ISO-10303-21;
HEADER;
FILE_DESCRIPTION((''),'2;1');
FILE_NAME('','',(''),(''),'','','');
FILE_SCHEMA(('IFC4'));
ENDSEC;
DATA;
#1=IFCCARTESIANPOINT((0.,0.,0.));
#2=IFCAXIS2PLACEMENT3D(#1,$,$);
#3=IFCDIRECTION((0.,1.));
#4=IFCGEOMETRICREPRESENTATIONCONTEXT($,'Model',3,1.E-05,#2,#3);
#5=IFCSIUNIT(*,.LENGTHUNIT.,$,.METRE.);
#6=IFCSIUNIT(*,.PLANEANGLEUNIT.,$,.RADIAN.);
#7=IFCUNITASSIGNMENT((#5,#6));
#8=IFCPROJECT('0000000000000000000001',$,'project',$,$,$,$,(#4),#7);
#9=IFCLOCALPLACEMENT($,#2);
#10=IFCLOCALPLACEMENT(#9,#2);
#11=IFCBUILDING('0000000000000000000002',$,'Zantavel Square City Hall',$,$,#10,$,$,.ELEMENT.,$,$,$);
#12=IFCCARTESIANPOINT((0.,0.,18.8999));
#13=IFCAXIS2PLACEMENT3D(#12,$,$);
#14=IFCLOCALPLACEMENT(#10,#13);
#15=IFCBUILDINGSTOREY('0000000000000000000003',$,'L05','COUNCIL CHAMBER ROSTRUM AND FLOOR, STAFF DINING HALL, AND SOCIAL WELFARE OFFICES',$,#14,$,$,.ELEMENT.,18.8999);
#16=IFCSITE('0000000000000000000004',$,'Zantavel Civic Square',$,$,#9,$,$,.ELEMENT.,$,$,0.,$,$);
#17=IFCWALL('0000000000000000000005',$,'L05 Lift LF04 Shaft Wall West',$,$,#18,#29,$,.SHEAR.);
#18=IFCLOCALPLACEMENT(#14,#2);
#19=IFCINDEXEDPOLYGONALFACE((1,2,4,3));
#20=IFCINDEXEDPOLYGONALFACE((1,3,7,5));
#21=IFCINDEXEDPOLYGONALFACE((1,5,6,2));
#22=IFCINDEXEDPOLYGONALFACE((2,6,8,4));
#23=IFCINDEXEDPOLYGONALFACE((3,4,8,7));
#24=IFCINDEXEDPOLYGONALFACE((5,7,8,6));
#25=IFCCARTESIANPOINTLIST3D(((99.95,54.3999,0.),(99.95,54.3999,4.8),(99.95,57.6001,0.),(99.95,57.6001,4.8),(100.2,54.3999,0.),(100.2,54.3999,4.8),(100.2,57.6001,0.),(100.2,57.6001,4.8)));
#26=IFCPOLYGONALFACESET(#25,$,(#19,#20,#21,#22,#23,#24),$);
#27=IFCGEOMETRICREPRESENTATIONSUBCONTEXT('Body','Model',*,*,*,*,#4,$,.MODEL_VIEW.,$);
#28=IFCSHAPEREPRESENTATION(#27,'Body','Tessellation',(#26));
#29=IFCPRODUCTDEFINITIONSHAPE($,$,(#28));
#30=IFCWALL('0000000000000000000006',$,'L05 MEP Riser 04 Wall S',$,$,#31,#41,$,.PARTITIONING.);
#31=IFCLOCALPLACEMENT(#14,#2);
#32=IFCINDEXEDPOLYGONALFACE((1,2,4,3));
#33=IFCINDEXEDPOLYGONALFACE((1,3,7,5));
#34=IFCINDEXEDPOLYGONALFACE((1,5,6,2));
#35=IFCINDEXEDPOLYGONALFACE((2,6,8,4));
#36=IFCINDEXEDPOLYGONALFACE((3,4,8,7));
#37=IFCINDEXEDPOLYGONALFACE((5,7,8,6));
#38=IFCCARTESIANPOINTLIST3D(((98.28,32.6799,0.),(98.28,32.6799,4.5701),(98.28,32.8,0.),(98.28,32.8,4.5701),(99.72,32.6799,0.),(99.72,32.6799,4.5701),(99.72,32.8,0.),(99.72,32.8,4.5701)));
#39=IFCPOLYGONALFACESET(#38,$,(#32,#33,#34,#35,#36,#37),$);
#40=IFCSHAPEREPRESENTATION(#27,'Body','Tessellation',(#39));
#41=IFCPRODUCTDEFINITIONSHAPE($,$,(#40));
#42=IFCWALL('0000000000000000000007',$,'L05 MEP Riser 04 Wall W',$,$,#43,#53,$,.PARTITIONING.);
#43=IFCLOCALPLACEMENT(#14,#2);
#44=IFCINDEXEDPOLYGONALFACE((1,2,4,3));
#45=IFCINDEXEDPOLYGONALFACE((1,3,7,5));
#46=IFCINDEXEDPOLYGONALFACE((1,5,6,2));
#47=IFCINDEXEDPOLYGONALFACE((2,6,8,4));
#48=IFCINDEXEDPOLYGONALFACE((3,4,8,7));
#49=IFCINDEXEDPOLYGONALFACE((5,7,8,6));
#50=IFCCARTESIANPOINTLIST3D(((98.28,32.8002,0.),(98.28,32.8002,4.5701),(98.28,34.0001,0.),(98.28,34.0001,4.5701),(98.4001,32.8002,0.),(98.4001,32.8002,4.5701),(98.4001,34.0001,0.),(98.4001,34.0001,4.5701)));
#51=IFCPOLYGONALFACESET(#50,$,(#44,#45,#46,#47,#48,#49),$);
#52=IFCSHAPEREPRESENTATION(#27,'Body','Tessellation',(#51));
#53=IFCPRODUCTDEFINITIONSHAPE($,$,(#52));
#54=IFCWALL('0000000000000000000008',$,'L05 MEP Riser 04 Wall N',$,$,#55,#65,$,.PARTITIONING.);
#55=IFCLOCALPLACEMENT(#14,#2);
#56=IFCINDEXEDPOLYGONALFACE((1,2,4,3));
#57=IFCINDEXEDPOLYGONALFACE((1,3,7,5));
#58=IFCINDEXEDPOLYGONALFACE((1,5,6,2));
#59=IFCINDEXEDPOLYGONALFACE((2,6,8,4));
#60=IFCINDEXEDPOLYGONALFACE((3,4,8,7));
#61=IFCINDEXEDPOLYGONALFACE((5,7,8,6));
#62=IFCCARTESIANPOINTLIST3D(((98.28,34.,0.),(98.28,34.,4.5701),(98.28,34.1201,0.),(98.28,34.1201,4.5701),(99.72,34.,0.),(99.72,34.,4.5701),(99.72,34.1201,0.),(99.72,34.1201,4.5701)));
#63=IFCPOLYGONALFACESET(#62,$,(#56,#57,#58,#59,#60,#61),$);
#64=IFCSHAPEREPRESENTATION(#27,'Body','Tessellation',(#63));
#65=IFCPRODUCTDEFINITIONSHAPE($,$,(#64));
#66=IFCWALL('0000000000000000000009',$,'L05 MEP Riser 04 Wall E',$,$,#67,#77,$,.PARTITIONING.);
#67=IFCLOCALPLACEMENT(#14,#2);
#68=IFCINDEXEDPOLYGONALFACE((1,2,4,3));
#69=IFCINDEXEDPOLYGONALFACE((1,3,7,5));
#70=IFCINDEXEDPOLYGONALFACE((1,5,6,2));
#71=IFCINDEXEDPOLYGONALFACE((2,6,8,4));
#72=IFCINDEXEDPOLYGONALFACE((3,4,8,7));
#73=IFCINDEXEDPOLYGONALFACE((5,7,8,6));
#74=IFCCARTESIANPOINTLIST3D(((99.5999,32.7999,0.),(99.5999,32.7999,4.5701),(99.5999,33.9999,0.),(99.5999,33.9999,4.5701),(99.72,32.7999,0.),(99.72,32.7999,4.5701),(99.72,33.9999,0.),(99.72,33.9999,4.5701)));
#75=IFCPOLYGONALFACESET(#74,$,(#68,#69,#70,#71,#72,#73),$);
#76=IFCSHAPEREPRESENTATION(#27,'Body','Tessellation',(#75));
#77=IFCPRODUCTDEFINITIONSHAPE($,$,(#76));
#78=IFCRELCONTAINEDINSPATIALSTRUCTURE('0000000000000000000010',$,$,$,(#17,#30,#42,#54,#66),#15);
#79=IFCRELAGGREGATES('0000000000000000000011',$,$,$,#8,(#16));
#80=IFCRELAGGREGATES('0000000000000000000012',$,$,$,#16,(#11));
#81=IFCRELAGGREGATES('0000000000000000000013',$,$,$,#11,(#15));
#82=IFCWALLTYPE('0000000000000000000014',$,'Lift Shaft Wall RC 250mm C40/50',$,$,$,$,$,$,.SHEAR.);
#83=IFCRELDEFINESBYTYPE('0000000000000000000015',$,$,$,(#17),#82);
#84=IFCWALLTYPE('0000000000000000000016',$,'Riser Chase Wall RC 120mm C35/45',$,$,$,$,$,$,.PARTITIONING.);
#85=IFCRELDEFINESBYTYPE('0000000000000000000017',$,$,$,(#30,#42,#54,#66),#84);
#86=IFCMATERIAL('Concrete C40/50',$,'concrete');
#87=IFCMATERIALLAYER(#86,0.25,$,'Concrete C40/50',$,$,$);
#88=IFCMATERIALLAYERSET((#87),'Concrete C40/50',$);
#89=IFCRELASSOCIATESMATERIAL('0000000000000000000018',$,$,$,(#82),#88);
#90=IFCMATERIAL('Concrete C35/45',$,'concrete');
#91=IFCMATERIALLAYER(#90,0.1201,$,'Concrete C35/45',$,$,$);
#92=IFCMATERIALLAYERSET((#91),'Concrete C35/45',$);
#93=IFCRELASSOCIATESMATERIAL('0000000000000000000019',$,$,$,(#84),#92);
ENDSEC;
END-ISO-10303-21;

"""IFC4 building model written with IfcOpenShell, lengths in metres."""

from ifc_helpers import new_model, si_unit, direction, frame, frame_2d, origin, place, context, subcontext, project, spatial, rectangle, extrude, material, layer, layer_set, type_object, element, save


model = new_model("IFC4")

# Units and contexts
model_context = context("Model", 3, precision=1e-05, world=origin(), true_north=direction((0.0, 1.0)))
body_context = subcontext(model_context, "Body", "Model", "MODEL_VIEW")
ifc_project = project(units=[si_unit("LENGTHUNIT", "METRE"), si_unit("PLANEANGLEUNIT", "RADIAN")], contexts=[model_context])

# Site, building, storey
site_placement = place(None, origin())
site = spatial("IfcSite", under=ifc_project, at=site_placement, Name="Zantavel Civic Square", CompositionType="ELEMENT", RefElevation=0.0)
building_placement = place(site_placement, origin())
building = spatial("IfcBuilding", under=site, at=building_placement, Name="Zantavel Square City Hall", CompositionType="ELEMENT")
storey_placement = place(building_placement, frame((0.0, 0.0, 18.8999)))
storey = spatial("IfcBuildingStorey", under=building, at=storey_placement, Name="L05", Description="COUNCIL CHAMBER ROSTRUM AND FLOOR, STAFF DINING HALL, AND SOCIAL WELFARE OFFICES", CompositionType="ELEMENT", Elevation=18.8999)

# Shared definitions
ifc_material_1 = material(Name="Concrete C40/50", Category="concrete")

# Shared definitions
ifc_layer_1 = layer(ifc_material_1, 0.25, Name="Concrete C40/50")
ifc_layer_set_1 = layer_set([ifc_layer_1], Name="Concrete C40/50")
wall_type_1 = type_object("IfcWallType", Name="Lift Shaft Wall RC 250mm C40/50", PredefinedType="SHEAR", material=ifc_layer_set_1)

# Walls
wall_1_placement = place(storey_placement, frame((100.075, 54.3999, 0.0), z_axis=(0.0, 0.0, 1.0), x_axis=(0.0, 1.0, 0.0)))
element("IfcWall", 1, at=wall_1_placement, inside=storey, type_object=wall_type_1, Name="L05 Lift LF04 Shaft Wall West", PredefinedType="SHEAR", context=body_context, shape_type="SweptSolid", body=[
    extrude(rectangle(XDim=3.2002, YDim=0.25, at=frame_2d((1.6001, 0.0))), origin(), (0.0, 0.0, 1.0), 4.8),
])
ifc_material_2 = material(Name="Concrete C35/45", Category="concrete")
ifc_layer_2 = layer(ifc_material_2, 0.1201, Name="Concrete C35/45")
ifc_layer_set_2 = layer_set([ifc_layer_2], Name="Concrete C35/45")
wall_type_2 = type_object("IfcWallType", Name="Riser Chase Wall RC 120mm C35/45", PredefinedType="PARTITIONING", material=ifc_layer_set_2)
wall_2_placement = place(storey_placement, frame((99.72, 32.74, 0.0), z_axis=(0.0, 0.0, 1.0), x_axis=(-1.0, 0.0, 0.0)))
element("IfcWall", 2, at=wall_2_placement, inside=storey, type_object=wall_type_2, Name="L05 MEP Riser 04 Wall S", PredefinedType="PARTITIONING", context=body_context, shape_type="SweptSolid", body=[
    extrude(rectangle(XDim=1.4399, YDim=0.1201, at=frame_2d((0.72, 0.0))), origin(), (0.0, 0.0, 1.0), 4.5701),
])
wall_3_placement = place(storey_placement, frame((98.3401, 32.8, 0.0), z_axis=(0.0, 0.0, 1.0), x_axis=(0.0, 1.0, 0.0)))
element("IfcWall", 3, at=wall_3_placement, inside=storey, type_object=wall_type_2, Name="L05 MEP Riser 04 Wall W", PredefinedType="PARTITIONING", context=body_context, shape_type="SweptSolid", body=[
    extrude(rectangle(XDim=1.2, YDim=0.1201, at=frame_2d((0.6001, 0.0))), origin(), (0.0, 0.0, 1.0), 4.5701),
])
wall_4_placement = place(storey_placement, frame((98.28, 34.0601, 0.0), z_axis=(0.0, 0.0, 1.0), x_axis=(1.0, 0.0, 0.0)))
element("IfcWall", 4, at=wall_4_placement, inside=storey, type_object=wall_type_2, Name="L05 MEP Riser 04 Wall N", PredefinedType="PARTITIONING", context=body_context, shape_type="SweptSolid", body=[
    extrude(rectangle(XDim=1.4399, YDim=0.1201, at=frame_2d((0.72, 0.0))), origin(), (0.0, 0.0, 1.0), 4.5701),
])
wall_5_placement = place(storey_placement, frame((99.6599, 34.0, 0.0), z_axis=(0.0, 0.0, 1.0), x_axis=(0.0, -1.0, 0.0)))
element("IfcWall", 5, at=wall_5_placement, inside=storey, type_object=wall_type_2, Name="L05 MEP Riser 04 Wall E", PredefinedType="PARTITIONING", context=body_context, shape_type="SweptSolid", body=[
    extrude(rectangle(XDim=1.2, YDim=0.1201, at=frame_2d((0.6001, 0.0))), origin(), (0.0, 0.0, 1.0), 4.5701),
])

save(model, "model.ifc")
